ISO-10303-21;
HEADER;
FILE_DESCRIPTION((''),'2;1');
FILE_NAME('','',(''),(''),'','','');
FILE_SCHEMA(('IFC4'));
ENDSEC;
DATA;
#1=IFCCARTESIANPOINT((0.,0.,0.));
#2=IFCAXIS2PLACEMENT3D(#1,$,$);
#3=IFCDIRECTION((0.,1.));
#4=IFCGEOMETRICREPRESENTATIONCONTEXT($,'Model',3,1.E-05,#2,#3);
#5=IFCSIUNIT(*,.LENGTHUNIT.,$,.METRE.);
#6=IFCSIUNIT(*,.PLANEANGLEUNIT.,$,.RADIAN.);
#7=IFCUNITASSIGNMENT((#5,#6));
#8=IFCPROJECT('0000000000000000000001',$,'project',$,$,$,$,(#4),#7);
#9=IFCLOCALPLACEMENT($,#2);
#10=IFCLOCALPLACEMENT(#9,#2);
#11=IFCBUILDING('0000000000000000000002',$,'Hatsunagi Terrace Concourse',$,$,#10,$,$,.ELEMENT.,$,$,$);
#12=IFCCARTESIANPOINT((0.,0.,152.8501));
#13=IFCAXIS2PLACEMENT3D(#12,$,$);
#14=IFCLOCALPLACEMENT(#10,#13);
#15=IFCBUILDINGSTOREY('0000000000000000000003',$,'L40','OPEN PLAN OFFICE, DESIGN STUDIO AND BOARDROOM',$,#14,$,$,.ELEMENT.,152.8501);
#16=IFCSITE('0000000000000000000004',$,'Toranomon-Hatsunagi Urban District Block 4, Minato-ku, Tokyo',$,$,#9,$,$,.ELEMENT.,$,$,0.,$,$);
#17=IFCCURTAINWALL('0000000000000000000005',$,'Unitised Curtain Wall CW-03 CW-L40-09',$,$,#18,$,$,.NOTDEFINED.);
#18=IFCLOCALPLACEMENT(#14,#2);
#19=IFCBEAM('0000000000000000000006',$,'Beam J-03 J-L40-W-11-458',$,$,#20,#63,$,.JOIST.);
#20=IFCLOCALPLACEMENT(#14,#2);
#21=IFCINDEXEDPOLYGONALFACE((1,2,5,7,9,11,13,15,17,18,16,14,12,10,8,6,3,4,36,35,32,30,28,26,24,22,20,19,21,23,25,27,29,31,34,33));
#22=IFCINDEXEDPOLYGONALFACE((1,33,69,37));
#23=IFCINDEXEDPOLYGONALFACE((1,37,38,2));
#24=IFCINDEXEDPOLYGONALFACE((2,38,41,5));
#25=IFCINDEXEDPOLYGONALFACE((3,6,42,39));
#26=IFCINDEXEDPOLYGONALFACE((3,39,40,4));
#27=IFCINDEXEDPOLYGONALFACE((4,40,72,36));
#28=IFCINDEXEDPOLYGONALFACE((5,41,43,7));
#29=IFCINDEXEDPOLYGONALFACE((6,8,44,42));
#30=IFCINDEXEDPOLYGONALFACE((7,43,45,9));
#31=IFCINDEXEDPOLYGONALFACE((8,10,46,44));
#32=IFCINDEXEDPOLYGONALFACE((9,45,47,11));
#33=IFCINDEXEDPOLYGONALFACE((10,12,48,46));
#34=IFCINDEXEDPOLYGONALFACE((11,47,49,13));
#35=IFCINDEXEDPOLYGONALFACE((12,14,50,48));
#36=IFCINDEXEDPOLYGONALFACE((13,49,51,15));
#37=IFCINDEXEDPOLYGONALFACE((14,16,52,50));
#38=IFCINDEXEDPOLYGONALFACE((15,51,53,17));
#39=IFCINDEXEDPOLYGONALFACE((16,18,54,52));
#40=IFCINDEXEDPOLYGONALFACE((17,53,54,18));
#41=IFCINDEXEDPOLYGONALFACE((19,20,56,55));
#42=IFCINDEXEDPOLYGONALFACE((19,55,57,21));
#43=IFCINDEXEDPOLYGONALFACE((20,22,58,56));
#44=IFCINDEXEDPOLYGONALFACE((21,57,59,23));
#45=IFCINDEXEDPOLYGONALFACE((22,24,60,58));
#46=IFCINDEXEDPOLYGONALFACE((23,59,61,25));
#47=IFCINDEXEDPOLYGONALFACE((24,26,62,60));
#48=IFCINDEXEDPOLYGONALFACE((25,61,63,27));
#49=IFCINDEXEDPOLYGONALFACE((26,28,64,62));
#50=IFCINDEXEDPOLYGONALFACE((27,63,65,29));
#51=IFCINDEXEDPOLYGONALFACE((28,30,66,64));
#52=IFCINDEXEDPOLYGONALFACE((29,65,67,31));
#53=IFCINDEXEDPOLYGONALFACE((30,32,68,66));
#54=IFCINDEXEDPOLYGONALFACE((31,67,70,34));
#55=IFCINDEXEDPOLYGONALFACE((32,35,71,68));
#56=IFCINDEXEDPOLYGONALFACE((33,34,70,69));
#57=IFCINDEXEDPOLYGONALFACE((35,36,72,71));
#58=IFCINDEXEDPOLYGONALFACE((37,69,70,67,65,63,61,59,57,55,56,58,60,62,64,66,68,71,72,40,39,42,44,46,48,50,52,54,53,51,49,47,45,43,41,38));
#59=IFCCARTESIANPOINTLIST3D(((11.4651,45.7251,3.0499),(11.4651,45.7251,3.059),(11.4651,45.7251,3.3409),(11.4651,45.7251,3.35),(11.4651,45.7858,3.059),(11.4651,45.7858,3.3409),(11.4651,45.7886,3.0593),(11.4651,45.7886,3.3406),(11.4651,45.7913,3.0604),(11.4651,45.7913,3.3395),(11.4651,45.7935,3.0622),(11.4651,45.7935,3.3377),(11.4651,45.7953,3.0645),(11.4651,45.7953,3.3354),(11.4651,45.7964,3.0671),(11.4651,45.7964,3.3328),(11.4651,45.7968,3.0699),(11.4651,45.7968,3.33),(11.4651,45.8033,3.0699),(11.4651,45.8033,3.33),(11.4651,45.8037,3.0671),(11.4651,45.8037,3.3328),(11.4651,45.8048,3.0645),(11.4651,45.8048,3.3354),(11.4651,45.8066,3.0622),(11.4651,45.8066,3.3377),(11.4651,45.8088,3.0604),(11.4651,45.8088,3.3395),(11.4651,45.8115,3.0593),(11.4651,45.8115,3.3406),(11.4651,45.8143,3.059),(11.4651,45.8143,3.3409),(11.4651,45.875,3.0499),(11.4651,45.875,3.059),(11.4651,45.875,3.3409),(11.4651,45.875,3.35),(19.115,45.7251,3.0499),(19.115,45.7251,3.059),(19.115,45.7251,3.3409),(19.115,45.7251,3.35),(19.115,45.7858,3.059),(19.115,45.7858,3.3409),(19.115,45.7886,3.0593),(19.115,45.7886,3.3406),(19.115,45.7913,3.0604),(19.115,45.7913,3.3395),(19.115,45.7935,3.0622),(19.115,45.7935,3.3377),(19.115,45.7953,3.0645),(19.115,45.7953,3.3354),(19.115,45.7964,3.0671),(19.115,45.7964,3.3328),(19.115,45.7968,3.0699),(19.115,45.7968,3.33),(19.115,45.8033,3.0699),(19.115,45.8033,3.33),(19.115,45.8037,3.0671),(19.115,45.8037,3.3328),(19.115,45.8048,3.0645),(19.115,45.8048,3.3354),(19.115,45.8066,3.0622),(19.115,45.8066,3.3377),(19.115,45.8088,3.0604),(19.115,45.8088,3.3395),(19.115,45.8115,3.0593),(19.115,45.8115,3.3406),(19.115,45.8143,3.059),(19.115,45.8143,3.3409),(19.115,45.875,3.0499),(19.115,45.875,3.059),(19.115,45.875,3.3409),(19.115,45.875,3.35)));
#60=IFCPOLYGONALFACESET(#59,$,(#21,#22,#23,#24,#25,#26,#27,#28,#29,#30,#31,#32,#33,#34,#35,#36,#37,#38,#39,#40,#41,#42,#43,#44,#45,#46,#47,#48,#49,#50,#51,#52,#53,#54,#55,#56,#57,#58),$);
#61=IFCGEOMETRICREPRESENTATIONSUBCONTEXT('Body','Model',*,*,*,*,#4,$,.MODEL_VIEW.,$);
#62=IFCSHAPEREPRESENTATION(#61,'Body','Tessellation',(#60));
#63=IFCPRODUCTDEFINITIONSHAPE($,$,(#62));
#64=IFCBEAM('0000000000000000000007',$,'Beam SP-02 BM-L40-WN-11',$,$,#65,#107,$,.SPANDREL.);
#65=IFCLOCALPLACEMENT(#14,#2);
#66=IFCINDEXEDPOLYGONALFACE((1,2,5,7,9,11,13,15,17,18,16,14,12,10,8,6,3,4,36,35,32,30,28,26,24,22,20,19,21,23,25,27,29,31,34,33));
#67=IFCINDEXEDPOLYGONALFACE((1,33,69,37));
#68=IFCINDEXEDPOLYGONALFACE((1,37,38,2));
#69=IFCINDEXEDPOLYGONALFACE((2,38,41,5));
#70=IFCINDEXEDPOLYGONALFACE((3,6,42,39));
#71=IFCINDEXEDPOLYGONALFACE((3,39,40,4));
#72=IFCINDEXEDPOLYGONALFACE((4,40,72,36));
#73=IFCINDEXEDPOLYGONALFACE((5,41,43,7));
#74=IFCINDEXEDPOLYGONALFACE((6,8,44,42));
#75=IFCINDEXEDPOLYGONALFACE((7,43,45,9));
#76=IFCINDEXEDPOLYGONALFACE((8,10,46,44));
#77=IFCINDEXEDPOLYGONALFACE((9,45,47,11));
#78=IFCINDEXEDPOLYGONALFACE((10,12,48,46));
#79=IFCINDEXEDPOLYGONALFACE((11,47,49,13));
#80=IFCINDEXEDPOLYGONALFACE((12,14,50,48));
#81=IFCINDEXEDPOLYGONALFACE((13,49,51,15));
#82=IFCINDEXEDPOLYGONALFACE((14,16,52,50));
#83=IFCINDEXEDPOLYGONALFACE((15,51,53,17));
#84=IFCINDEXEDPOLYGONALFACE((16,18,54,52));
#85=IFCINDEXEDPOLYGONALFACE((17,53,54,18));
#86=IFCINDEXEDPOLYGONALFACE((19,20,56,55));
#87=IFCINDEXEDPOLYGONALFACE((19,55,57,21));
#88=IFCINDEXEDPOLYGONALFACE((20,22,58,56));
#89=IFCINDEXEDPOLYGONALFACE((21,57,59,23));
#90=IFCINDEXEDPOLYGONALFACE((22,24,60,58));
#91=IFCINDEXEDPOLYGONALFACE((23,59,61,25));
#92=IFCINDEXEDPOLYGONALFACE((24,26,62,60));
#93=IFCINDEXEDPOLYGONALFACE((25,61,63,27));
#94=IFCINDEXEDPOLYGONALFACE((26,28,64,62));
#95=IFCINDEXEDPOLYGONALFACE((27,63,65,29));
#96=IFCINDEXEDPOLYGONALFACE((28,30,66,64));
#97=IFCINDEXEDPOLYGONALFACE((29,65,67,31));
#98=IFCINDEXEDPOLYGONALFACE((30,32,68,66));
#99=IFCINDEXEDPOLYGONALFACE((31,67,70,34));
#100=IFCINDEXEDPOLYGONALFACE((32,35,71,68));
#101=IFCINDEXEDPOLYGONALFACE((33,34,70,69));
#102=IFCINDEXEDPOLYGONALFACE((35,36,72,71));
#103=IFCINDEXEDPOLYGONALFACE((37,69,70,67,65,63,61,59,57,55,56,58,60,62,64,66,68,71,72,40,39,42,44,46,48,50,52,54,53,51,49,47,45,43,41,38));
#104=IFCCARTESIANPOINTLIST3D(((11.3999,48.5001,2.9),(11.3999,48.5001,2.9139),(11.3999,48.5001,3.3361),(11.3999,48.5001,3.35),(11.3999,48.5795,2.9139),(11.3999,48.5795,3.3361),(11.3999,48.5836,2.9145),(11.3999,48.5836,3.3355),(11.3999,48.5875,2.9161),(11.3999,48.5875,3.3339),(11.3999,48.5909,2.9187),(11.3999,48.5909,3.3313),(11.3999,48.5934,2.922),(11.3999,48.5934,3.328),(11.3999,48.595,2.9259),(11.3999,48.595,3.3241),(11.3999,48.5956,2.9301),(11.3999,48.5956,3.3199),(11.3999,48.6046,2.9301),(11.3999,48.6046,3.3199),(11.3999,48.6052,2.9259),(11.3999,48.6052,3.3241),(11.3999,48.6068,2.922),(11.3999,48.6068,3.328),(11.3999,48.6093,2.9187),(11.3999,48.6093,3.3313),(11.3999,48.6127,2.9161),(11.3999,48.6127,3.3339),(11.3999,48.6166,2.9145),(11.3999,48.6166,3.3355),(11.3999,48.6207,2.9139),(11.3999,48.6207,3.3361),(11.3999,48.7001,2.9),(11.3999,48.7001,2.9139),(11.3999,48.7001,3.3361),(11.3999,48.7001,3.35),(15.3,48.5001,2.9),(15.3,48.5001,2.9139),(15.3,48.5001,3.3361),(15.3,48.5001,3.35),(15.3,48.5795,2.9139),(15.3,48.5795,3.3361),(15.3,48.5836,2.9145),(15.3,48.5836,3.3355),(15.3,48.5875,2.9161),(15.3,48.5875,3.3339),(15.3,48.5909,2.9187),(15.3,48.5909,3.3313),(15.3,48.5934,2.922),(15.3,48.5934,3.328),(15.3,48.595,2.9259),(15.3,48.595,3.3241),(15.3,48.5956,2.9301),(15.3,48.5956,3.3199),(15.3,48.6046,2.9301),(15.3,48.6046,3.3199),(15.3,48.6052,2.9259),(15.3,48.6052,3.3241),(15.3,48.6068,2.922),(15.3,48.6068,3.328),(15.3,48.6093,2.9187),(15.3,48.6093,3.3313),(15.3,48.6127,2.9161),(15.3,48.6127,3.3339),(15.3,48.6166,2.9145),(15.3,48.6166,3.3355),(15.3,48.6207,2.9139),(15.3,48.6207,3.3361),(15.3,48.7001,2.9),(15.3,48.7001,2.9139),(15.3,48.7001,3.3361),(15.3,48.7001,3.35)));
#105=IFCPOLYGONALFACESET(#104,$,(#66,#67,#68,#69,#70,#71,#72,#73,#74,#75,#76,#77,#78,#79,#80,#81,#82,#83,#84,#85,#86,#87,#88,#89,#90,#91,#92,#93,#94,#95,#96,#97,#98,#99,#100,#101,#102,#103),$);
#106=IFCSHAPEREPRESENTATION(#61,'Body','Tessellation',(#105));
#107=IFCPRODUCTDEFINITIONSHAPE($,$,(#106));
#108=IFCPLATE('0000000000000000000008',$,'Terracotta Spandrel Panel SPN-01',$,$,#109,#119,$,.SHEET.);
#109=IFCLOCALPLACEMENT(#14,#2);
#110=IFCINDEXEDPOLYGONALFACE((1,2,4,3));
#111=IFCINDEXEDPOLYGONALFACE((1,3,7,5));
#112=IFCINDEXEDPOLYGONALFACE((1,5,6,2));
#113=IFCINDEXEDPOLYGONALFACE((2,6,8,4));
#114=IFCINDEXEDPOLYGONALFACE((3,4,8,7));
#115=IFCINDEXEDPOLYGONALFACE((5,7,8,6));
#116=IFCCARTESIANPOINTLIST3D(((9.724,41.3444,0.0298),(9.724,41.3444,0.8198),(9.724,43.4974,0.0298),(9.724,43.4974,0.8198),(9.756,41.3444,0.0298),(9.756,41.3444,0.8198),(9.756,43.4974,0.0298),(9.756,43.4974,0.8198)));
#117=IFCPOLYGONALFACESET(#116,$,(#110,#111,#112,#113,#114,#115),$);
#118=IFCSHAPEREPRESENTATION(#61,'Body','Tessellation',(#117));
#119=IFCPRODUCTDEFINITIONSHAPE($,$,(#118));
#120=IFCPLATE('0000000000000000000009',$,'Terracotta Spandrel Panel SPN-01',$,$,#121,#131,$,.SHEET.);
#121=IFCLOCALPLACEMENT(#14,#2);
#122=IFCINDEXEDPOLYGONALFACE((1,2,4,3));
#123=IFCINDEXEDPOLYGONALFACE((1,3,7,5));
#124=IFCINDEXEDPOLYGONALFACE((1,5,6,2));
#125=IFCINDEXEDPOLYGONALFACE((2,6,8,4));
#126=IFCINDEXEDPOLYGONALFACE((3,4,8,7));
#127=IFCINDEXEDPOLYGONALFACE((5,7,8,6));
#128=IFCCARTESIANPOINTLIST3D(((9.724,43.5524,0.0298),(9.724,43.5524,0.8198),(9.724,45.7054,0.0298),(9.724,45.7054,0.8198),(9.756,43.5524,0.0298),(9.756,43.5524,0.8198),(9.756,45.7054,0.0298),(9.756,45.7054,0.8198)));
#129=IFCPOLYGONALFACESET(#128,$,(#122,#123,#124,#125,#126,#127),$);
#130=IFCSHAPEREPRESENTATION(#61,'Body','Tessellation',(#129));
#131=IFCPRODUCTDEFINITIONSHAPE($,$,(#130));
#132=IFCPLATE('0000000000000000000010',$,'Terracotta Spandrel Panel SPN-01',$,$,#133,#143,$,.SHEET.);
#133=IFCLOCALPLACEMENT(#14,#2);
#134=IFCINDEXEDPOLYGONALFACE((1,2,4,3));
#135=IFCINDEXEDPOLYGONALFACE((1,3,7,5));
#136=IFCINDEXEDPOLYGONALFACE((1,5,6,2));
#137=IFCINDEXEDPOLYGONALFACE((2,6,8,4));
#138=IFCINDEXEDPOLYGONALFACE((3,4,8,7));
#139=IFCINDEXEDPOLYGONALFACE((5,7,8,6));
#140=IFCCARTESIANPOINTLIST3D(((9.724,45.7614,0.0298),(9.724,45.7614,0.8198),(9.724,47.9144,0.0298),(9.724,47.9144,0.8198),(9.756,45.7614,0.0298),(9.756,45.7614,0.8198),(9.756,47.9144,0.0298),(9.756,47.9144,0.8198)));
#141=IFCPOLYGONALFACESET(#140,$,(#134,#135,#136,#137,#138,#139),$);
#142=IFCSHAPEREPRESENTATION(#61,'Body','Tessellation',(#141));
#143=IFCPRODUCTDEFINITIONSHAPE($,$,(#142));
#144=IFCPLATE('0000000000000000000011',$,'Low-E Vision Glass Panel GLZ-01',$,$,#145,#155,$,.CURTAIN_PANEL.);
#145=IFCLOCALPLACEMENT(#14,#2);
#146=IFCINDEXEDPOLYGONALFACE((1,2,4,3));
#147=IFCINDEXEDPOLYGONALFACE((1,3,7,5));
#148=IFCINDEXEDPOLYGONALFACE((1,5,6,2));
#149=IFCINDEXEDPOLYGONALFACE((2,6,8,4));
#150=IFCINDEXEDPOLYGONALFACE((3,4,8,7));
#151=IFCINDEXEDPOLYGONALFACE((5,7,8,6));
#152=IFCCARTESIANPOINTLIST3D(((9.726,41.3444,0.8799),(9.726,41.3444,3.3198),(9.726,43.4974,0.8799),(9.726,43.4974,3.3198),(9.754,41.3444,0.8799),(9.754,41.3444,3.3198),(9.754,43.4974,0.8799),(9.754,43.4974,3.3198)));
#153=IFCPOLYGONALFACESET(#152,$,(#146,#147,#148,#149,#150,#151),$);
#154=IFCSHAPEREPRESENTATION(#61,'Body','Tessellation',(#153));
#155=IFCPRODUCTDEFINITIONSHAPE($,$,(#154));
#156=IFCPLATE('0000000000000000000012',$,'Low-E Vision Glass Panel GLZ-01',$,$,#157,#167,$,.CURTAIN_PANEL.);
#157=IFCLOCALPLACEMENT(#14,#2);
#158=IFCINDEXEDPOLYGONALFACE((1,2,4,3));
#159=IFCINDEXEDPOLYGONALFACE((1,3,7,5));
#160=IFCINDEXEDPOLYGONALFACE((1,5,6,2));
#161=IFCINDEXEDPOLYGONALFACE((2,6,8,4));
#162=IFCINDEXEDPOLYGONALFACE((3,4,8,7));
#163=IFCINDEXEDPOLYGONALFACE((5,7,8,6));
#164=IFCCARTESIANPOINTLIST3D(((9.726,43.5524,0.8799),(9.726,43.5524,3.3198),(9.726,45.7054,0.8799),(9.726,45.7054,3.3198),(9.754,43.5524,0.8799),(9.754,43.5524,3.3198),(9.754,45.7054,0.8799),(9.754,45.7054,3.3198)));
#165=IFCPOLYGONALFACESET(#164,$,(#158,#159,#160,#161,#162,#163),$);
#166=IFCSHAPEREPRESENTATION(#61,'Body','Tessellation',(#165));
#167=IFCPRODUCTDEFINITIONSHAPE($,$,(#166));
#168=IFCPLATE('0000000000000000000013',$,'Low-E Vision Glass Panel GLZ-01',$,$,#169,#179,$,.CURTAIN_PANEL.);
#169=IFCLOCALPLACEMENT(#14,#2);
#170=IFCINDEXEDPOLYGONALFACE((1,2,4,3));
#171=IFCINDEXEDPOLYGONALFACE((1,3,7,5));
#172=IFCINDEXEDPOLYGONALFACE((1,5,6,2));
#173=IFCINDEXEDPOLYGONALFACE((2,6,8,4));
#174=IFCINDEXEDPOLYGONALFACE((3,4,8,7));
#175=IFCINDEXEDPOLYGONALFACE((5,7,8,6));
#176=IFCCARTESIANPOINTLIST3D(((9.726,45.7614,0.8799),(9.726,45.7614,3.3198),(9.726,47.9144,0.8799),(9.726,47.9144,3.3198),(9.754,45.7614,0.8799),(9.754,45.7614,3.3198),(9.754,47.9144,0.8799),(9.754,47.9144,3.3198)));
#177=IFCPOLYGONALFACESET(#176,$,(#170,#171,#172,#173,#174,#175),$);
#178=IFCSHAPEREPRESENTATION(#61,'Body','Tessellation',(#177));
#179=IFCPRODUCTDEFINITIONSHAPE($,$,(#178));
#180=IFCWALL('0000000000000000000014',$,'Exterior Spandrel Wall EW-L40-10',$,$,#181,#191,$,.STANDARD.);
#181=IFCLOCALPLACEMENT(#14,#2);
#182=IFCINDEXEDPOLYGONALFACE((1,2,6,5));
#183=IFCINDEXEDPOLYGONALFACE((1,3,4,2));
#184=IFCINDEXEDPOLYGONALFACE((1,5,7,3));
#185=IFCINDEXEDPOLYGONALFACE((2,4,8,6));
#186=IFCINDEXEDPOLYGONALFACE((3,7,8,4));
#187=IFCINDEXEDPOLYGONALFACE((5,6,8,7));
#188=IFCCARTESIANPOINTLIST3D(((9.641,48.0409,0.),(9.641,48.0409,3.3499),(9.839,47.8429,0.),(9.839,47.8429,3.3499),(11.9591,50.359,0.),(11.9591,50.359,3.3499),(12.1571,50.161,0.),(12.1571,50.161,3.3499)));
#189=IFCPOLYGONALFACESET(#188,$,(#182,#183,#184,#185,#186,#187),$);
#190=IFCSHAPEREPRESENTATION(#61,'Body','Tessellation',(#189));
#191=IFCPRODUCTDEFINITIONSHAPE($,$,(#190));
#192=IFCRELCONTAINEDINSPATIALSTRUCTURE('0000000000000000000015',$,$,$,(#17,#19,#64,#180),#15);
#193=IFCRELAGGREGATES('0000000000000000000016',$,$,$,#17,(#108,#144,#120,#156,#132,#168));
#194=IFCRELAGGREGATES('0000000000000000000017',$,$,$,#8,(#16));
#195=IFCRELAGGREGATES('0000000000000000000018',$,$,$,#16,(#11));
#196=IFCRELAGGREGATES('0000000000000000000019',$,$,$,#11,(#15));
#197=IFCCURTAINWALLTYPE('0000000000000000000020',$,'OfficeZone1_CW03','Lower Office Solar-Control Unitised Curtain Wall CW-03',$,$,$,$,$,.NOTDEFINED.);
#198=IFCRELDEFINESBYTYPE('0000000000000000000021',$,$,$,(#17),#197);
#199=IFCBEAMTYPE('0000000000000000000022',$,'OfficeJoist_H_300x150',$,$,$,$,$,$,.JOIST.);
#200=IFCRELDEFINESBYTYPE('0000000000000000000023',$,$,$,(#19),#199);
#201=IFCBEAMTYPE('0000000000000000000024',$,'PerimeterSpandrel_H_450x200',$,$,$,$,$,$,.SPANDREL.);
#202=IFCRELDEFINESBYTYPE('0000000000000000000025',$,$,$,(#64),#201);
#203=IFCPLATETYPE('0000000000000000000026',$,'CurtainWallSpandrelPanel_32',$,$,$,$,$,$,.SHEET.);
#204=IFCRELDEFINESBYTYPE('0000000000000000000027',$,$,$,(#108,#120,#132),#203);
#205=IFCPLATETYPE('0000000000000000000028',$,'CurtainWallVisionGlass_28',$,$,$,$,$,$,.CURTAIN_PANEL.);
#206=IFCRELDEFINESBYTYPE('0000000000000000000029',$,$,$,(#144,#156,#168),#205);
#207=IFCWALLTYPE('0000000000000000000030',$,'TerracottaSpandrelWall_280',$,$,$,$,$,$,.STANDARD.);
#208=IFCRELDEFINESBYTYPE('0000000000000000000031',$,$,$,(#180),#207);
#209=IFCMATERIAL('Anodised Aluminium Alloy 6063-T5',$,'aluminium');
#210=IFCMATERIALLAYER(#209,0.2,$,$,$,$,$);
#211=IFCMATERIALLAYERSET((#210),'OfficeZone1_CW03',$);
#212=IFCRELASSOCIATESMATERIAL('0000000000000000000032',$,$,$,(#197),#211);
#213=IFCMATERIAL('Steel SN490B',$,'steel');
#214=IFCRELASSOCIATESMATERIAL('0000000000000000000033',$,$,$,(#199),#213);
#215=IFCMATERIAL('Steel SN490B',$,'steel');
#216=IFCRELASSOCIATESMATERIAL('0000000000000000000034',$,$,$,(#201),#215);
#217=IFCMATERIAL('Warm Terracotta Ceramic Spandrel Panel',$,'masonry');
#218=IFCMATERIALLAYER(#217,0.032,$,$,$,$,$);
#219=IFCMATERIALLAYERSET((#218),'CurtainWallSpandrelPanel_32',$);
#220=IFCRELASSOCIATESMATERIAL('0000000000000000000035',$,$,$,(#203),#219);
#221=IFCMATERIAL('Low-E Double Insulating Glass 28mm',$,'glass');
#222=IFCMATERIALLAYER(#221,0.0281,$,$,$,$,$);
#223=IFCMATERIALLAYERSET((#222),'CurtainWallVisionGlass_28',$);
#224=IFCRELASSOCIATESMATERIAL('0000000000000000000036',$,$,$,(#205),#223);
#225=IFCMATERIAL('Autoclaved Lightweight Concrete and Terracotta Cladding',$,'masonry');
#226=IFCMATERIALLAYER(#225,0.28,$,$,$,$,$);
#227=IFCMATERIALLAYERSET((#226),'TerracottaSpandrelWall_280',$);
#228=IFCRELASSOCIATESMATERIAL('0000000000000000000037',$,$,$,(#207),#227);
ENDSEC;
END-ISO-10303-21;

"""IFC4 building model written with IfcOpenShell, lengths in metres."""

from ifc_helpers import new_model, si_unit, direction, frame, frame_2d, origin, origin_2d, place, context, subcontext, project, spatial, rectangle, i_section, extrude, material, layer, layer_set, material_profile, profile_set, type_object, element, aggregate, save


model = new_model("IFC4")

# Units and contexts
model_context = context("Model", 3, precision=1e-05, world=origin(), true_north=direction((0.0, 1.0)))
body_context = subcontext(model_context, "Body", "Model", "MODEL_VIEW")
ifc_project = project(units=[si_unit("LENGTHUNIT", "METRE"), si_unit("PLANEANGLEUNIT", "RADIAN")], contexts=[model_context])

# Site, building, storey
site_placement = place(None, origin())
site = spatial("IfcSite", under=ifc_project, at=site_placement, Name="Toranomon-Hatsunagi Urban District Block 4, Minato-ku, Tokyo", CompositionType="ELEMENT", RefElevation=0.0)
building_placement = place(site_placement, origin())
building = spatial("IfcBuilding", under=site, at=building_placement, Name="Hatsunagi Terrace Concourse", CompositionType="ELEMENT")
storey_placement = place(building_placement, frame((0.0, 0.0, 152.8501)))
storey = spatial("IfcBuildingStorey", under=building, at=storey_placement, Name="L40", Description="OPEN PLAN OFFICE, DESIGN STUDIO AND BOARDROOM", CompositionType="ELEMENT", Elevation=152.8501)

# Curtain wall
ifc_material_1 = material(Name="Anodised Aluminium Alloy 6063-T5", Category="aluminium")
ifc_layer_1 = layer(ifc_material_1, 0.2)
ifc_layer_set_1 = layer_set([ifc_layer_1], Name="OfficeZone1_CW03")
curtain_wall_type = type_object("IfcCurtainWallType", Name="OfficeZone1_CW03", Description="Lower Office Solar-Control Unitised Curtain Wall CW-03", PredefinedType="NOTDEFINED", material=ifc_layer_set_1)
curtain_wall_placement = place(storey_placement, origin())
curtain_wall = element("IfcCurtainWall", 1, at=curtain_wall_placement, inside=storey, type_object=curtain_wall_type, Name="Unitised Curtain Wall CW-03 CW-L40-09", PredefinedType="NOTDEFINED")

# Beams
ifc_material_2 = material(Name="Steel SN490B", Category="steel")
ifc_material_profile_1 = material_profile(ifc_material_2, i_section(OverallWidth=0.1499, OverallDepth=0.3, WebThickness=0.0066, FlangeThickness=0.009, FilletRadius=0.011, at=origin_2d()), Name="H-300x150x6.5x9")
ifc_profile_set_1 = profile_set([ifc_material_profile_1], Name="Steel SN490B")
beam_type_1 = type_object("IfcBeamType", Name="OfficeJoist_H_300x150", PredefinedType="JOIST", material=ifc_profile_set_1)
for number, where, z_axis, x_axis, name in (
    (2, (11.4651, 45.8, 3.2), (1.0, 0.0, 0.0), (0.0, 1.0, 0.0), "Beam J-03 J-L40-W-11-458"),
):
    element("IfcBeam", number, at=place(storey_placement, frame(where, z_axis=z_axis, x_axis=x_axis)), inside=storey, type_object=beam_type_1, Name=name, PredefinedType="JOIST", context=body_context, shape_type="SweptSolid", body=[
        extrude(i_section(OverallWidth=0.1499, OverallDepth=0.3, WebThickness=0.0066, FlangeThickness=0.009, FilletRadius=0.011, at=origin_2d()), origin(), (0.0, 0.0, 1.0), 7.6499),
    ])
ifc_material_3 = material(Name="Steel SN490B", Category="steel")
ifc_material_profile_2 = material_profile(ifc_material_3, i_section(OverallWidth=0.2, OverallDepth=0.45, WebThickness=0.009, FlangeThickness=0.0139, FilletRadius=0.0161, at=origin_2d()), Name="H-450x200x9x14")
ifc_profile_set_2 = profile_set([ifc_material_profile_2], Name="Steel SN490B")
beam_type_2 = type_object("IfcBeamType", Name="PerimeterSpandrel_H_450x200", PredefinedType="SPANDREL", material=ifc_profile_set_2)
beam_placement = place(storey_placement, frame((11.3999, 48.6001, 3.125), z_axis=(1.0, 0.0, 0.0), x_axis=(0.0, 1.0, 0.0)))
element("IfcBeam", 3, at=beam_placement, inside=storey, type_object=beam_type_2, Name="Beam SP-02 BM-L40-WN-11", PredefinedType="SPANDREL", context=body_context, shape_type="SweptSolid", body=[
    extrude(i_section(OverallWidth=0.2, OverallDepth=0.45, WebThickness=0.009, FlangeThickness=0.0139, FilletRadius=0.0161, at=origin_2d()), origin(), (0.0, 0.0, 1.0), 3.9001),
])

# Plates
ifc_material_4 = material(Name="Warm Terracotta Ceramic Spandrel Panel", Category="masonry")
ifc_layer_2 = layer(ifc_material_4, 0.032)
ifc_layer_set_2 = layer_set([ifc_layer_2], Name="CurtainWallSpandrelPanel_32")
plate_type_1 = type_object("IfcPlateType", Name="CurtainWallSpandrelPanel_32", PredefinedType="SHEET", material=ifc_layer_set_2)
plate_1_placement = place(storey_placement, frame((9.74, 42.4209, 0.0298), z_axis=(0.0, 0.0, 1.0), x_axis=(0.0, 1.0, 0.0)))
plate_1 = element("IfcPlate", 4, at=plate_1_placement, type_object=plate_type_1, Name="Terracotta Spandrel Panel SPN-01", PredefinedType="SHEET", context=body_context, shape_type="SweptSolid", body=[
    extrude(rectangle(XDim=2.1531, YDim=0.032, at=origin_2d()), origin(), (0.0, 0.0, 1.0), 0.79),
])
plate_2_placement = place(storey_placement, frame((9.74, 44.6289, 0.0298), z_axis=(0.0, 0.0, 1.0), x_axis=(0.0, 1.0, 0.0)))
plate_2 = element("IfcPlate", 5, at=plate_2_placement, type_object=plate_type_1, Name="Terracotta Spandrel Panel SPN-01", PredefinedType="SHEET", context=body_context, shape_type="SweptSolid", body=[
    extrude(rectangle(XDim=2.1531, YDim=0.032, at=origin_2d()), origin(), (0.0, 0.0, 1.0), 0.79),
])
plate_3_placement = place(storey_placement, frame((9.74, 46.8379, 0.0298), z_axis=(0.0, 0.0, 1.0), x_axis=(0.0, 1.0, 0.0)))
plate_3 = element("IfcPlate", 6, at=plate_3_placement, type_object=plate_type_1, Name="Terracotta Spandrel Panel SPN-01", PredefinedType="SHEET", context=body_context, shape_type="SweptSolid", body=[
    extrude(rectangle(XDim=2.1531, YDim=0.032, at=origin_2d()), origin(), (0.0, 0.0, 1.0), 0.79),
])
ifc_material_5 = material(Name="Low-E Double Insulating Glass 28mm", Category="glass")
ifc_layer_3 = layer(ifc_material_5, 0.0281)
ifc_layer_set_3 = layer_set([ifc_layer_3], Name="CurtainWallVisionGlass_28")
plate_type_2 = type_object("IfcPlateType", Name="CurtainWallVisionGlass_28", PredefinedType="CURTAIN_PANEL", material=ifc_layer_set_3)
plate_4_placement = place(storey_placement, frame((9.74, 42.4209, 0.8799), z_axis=(0.0, 0.0, 1.0), x_axis=(0.0, 1.0, 0.0)))
plate_4 = element("IfcPlate", 7, at=plate_4_placement, type_object=plate_type_2, Name="Low-E Vision Glass Panel GLZ-01", PredefinedType="CURTAIN_PANEL", context=body_context, shape_type="SweptSolid", body=[
    extrude(rectangle(XDim=2.1531, YDim=0.0281, at=origin_2d()), origin(), (0.0, 0.0, 1.0), 2.4399),
])
plate_5_placement = place(storey_placement, frame((9.74, 44.6289, 0.8799), z_axis=(0.0, 0.0, 1.0), x_axis=(0.0, 1.0, 0.0)))
plate_5 = element("IfcPlate", 8, at=plate_5_placement, type_object=plate_type_2, Name="Low-E Vision Glass Panel GLZ-01", PredefinedType="CURTAIN_PANEL", context=body_context, shape_type="SweptSolid", body=[
    extrude(rectangle(XDim=2.1531, YDim=0.0281, at=origin_2d()), origin(), (0.0, 0.0, 1.0), 2.4399),
])
plate_6_placement = place(storey_placement, frame((9.74, 46.8379, 0.8799), z_axis=(0.0, 0.0, 1.0), x_axis=(0.0, 1.0, 0.0)))
plate_6 = element("IfcPlate", 9, at=plate_6_placement, type_object=plate_type_2, Name="Low-E Vision Glass Panel GLZ-01", PredefinedType="CURTAIN_PANEL", context=body_context, shape_type="SweptSolid", body=[
    extrude(rectangle(XDim=2.1531, YDim=0.0281, at=origin_2d()), origin(), (0.0, 0.0, 1.0), 2.4399),
])
aggregate(curtain_wall, [plate_1, plate_4, plate_2, plate_5, plate_3, plate_6])

# Wall
ifc_material_6 = material(Name="Autoclaved Lightweight Concrete and Terracotta Cladding", Category="masonry")
ifc_layer_4 = layer(ifc_material_6, 0.28)
ifc_layer_set_4 = layer_set([ifc_layer_4], Name="TerracottaSpandrelWall_280")
wall_type = type_object("IfcWallType", Name="TerracottaSpandrelWall_280", PredefinedType="STANDARD", material=ifc_layer_set_4)
wall_1_placement = place(storey_placement, frame((9.74, 47.9419, 0.0), z_axis=(0.0, 0.0, 1.0), x_axis=(0.707107, 0.707107, 0.0)))
element("IfcWall", 10, at=wall_1_placement, inside=storey, type_object=wall_type, Name="Exterior Spandrel Wall EW-L40-10", PredefinedType="STANDARD", context=body_context, shape_type="SweptSolid", body=[
    extrude(rectangle(XDim=3.2783, YDim=0.28, at=frame_2d((1.6392, 0.0))), origin(), (0.0, 0.0, 1.0), 3.3499),
])

save(model, "model.ifc")
